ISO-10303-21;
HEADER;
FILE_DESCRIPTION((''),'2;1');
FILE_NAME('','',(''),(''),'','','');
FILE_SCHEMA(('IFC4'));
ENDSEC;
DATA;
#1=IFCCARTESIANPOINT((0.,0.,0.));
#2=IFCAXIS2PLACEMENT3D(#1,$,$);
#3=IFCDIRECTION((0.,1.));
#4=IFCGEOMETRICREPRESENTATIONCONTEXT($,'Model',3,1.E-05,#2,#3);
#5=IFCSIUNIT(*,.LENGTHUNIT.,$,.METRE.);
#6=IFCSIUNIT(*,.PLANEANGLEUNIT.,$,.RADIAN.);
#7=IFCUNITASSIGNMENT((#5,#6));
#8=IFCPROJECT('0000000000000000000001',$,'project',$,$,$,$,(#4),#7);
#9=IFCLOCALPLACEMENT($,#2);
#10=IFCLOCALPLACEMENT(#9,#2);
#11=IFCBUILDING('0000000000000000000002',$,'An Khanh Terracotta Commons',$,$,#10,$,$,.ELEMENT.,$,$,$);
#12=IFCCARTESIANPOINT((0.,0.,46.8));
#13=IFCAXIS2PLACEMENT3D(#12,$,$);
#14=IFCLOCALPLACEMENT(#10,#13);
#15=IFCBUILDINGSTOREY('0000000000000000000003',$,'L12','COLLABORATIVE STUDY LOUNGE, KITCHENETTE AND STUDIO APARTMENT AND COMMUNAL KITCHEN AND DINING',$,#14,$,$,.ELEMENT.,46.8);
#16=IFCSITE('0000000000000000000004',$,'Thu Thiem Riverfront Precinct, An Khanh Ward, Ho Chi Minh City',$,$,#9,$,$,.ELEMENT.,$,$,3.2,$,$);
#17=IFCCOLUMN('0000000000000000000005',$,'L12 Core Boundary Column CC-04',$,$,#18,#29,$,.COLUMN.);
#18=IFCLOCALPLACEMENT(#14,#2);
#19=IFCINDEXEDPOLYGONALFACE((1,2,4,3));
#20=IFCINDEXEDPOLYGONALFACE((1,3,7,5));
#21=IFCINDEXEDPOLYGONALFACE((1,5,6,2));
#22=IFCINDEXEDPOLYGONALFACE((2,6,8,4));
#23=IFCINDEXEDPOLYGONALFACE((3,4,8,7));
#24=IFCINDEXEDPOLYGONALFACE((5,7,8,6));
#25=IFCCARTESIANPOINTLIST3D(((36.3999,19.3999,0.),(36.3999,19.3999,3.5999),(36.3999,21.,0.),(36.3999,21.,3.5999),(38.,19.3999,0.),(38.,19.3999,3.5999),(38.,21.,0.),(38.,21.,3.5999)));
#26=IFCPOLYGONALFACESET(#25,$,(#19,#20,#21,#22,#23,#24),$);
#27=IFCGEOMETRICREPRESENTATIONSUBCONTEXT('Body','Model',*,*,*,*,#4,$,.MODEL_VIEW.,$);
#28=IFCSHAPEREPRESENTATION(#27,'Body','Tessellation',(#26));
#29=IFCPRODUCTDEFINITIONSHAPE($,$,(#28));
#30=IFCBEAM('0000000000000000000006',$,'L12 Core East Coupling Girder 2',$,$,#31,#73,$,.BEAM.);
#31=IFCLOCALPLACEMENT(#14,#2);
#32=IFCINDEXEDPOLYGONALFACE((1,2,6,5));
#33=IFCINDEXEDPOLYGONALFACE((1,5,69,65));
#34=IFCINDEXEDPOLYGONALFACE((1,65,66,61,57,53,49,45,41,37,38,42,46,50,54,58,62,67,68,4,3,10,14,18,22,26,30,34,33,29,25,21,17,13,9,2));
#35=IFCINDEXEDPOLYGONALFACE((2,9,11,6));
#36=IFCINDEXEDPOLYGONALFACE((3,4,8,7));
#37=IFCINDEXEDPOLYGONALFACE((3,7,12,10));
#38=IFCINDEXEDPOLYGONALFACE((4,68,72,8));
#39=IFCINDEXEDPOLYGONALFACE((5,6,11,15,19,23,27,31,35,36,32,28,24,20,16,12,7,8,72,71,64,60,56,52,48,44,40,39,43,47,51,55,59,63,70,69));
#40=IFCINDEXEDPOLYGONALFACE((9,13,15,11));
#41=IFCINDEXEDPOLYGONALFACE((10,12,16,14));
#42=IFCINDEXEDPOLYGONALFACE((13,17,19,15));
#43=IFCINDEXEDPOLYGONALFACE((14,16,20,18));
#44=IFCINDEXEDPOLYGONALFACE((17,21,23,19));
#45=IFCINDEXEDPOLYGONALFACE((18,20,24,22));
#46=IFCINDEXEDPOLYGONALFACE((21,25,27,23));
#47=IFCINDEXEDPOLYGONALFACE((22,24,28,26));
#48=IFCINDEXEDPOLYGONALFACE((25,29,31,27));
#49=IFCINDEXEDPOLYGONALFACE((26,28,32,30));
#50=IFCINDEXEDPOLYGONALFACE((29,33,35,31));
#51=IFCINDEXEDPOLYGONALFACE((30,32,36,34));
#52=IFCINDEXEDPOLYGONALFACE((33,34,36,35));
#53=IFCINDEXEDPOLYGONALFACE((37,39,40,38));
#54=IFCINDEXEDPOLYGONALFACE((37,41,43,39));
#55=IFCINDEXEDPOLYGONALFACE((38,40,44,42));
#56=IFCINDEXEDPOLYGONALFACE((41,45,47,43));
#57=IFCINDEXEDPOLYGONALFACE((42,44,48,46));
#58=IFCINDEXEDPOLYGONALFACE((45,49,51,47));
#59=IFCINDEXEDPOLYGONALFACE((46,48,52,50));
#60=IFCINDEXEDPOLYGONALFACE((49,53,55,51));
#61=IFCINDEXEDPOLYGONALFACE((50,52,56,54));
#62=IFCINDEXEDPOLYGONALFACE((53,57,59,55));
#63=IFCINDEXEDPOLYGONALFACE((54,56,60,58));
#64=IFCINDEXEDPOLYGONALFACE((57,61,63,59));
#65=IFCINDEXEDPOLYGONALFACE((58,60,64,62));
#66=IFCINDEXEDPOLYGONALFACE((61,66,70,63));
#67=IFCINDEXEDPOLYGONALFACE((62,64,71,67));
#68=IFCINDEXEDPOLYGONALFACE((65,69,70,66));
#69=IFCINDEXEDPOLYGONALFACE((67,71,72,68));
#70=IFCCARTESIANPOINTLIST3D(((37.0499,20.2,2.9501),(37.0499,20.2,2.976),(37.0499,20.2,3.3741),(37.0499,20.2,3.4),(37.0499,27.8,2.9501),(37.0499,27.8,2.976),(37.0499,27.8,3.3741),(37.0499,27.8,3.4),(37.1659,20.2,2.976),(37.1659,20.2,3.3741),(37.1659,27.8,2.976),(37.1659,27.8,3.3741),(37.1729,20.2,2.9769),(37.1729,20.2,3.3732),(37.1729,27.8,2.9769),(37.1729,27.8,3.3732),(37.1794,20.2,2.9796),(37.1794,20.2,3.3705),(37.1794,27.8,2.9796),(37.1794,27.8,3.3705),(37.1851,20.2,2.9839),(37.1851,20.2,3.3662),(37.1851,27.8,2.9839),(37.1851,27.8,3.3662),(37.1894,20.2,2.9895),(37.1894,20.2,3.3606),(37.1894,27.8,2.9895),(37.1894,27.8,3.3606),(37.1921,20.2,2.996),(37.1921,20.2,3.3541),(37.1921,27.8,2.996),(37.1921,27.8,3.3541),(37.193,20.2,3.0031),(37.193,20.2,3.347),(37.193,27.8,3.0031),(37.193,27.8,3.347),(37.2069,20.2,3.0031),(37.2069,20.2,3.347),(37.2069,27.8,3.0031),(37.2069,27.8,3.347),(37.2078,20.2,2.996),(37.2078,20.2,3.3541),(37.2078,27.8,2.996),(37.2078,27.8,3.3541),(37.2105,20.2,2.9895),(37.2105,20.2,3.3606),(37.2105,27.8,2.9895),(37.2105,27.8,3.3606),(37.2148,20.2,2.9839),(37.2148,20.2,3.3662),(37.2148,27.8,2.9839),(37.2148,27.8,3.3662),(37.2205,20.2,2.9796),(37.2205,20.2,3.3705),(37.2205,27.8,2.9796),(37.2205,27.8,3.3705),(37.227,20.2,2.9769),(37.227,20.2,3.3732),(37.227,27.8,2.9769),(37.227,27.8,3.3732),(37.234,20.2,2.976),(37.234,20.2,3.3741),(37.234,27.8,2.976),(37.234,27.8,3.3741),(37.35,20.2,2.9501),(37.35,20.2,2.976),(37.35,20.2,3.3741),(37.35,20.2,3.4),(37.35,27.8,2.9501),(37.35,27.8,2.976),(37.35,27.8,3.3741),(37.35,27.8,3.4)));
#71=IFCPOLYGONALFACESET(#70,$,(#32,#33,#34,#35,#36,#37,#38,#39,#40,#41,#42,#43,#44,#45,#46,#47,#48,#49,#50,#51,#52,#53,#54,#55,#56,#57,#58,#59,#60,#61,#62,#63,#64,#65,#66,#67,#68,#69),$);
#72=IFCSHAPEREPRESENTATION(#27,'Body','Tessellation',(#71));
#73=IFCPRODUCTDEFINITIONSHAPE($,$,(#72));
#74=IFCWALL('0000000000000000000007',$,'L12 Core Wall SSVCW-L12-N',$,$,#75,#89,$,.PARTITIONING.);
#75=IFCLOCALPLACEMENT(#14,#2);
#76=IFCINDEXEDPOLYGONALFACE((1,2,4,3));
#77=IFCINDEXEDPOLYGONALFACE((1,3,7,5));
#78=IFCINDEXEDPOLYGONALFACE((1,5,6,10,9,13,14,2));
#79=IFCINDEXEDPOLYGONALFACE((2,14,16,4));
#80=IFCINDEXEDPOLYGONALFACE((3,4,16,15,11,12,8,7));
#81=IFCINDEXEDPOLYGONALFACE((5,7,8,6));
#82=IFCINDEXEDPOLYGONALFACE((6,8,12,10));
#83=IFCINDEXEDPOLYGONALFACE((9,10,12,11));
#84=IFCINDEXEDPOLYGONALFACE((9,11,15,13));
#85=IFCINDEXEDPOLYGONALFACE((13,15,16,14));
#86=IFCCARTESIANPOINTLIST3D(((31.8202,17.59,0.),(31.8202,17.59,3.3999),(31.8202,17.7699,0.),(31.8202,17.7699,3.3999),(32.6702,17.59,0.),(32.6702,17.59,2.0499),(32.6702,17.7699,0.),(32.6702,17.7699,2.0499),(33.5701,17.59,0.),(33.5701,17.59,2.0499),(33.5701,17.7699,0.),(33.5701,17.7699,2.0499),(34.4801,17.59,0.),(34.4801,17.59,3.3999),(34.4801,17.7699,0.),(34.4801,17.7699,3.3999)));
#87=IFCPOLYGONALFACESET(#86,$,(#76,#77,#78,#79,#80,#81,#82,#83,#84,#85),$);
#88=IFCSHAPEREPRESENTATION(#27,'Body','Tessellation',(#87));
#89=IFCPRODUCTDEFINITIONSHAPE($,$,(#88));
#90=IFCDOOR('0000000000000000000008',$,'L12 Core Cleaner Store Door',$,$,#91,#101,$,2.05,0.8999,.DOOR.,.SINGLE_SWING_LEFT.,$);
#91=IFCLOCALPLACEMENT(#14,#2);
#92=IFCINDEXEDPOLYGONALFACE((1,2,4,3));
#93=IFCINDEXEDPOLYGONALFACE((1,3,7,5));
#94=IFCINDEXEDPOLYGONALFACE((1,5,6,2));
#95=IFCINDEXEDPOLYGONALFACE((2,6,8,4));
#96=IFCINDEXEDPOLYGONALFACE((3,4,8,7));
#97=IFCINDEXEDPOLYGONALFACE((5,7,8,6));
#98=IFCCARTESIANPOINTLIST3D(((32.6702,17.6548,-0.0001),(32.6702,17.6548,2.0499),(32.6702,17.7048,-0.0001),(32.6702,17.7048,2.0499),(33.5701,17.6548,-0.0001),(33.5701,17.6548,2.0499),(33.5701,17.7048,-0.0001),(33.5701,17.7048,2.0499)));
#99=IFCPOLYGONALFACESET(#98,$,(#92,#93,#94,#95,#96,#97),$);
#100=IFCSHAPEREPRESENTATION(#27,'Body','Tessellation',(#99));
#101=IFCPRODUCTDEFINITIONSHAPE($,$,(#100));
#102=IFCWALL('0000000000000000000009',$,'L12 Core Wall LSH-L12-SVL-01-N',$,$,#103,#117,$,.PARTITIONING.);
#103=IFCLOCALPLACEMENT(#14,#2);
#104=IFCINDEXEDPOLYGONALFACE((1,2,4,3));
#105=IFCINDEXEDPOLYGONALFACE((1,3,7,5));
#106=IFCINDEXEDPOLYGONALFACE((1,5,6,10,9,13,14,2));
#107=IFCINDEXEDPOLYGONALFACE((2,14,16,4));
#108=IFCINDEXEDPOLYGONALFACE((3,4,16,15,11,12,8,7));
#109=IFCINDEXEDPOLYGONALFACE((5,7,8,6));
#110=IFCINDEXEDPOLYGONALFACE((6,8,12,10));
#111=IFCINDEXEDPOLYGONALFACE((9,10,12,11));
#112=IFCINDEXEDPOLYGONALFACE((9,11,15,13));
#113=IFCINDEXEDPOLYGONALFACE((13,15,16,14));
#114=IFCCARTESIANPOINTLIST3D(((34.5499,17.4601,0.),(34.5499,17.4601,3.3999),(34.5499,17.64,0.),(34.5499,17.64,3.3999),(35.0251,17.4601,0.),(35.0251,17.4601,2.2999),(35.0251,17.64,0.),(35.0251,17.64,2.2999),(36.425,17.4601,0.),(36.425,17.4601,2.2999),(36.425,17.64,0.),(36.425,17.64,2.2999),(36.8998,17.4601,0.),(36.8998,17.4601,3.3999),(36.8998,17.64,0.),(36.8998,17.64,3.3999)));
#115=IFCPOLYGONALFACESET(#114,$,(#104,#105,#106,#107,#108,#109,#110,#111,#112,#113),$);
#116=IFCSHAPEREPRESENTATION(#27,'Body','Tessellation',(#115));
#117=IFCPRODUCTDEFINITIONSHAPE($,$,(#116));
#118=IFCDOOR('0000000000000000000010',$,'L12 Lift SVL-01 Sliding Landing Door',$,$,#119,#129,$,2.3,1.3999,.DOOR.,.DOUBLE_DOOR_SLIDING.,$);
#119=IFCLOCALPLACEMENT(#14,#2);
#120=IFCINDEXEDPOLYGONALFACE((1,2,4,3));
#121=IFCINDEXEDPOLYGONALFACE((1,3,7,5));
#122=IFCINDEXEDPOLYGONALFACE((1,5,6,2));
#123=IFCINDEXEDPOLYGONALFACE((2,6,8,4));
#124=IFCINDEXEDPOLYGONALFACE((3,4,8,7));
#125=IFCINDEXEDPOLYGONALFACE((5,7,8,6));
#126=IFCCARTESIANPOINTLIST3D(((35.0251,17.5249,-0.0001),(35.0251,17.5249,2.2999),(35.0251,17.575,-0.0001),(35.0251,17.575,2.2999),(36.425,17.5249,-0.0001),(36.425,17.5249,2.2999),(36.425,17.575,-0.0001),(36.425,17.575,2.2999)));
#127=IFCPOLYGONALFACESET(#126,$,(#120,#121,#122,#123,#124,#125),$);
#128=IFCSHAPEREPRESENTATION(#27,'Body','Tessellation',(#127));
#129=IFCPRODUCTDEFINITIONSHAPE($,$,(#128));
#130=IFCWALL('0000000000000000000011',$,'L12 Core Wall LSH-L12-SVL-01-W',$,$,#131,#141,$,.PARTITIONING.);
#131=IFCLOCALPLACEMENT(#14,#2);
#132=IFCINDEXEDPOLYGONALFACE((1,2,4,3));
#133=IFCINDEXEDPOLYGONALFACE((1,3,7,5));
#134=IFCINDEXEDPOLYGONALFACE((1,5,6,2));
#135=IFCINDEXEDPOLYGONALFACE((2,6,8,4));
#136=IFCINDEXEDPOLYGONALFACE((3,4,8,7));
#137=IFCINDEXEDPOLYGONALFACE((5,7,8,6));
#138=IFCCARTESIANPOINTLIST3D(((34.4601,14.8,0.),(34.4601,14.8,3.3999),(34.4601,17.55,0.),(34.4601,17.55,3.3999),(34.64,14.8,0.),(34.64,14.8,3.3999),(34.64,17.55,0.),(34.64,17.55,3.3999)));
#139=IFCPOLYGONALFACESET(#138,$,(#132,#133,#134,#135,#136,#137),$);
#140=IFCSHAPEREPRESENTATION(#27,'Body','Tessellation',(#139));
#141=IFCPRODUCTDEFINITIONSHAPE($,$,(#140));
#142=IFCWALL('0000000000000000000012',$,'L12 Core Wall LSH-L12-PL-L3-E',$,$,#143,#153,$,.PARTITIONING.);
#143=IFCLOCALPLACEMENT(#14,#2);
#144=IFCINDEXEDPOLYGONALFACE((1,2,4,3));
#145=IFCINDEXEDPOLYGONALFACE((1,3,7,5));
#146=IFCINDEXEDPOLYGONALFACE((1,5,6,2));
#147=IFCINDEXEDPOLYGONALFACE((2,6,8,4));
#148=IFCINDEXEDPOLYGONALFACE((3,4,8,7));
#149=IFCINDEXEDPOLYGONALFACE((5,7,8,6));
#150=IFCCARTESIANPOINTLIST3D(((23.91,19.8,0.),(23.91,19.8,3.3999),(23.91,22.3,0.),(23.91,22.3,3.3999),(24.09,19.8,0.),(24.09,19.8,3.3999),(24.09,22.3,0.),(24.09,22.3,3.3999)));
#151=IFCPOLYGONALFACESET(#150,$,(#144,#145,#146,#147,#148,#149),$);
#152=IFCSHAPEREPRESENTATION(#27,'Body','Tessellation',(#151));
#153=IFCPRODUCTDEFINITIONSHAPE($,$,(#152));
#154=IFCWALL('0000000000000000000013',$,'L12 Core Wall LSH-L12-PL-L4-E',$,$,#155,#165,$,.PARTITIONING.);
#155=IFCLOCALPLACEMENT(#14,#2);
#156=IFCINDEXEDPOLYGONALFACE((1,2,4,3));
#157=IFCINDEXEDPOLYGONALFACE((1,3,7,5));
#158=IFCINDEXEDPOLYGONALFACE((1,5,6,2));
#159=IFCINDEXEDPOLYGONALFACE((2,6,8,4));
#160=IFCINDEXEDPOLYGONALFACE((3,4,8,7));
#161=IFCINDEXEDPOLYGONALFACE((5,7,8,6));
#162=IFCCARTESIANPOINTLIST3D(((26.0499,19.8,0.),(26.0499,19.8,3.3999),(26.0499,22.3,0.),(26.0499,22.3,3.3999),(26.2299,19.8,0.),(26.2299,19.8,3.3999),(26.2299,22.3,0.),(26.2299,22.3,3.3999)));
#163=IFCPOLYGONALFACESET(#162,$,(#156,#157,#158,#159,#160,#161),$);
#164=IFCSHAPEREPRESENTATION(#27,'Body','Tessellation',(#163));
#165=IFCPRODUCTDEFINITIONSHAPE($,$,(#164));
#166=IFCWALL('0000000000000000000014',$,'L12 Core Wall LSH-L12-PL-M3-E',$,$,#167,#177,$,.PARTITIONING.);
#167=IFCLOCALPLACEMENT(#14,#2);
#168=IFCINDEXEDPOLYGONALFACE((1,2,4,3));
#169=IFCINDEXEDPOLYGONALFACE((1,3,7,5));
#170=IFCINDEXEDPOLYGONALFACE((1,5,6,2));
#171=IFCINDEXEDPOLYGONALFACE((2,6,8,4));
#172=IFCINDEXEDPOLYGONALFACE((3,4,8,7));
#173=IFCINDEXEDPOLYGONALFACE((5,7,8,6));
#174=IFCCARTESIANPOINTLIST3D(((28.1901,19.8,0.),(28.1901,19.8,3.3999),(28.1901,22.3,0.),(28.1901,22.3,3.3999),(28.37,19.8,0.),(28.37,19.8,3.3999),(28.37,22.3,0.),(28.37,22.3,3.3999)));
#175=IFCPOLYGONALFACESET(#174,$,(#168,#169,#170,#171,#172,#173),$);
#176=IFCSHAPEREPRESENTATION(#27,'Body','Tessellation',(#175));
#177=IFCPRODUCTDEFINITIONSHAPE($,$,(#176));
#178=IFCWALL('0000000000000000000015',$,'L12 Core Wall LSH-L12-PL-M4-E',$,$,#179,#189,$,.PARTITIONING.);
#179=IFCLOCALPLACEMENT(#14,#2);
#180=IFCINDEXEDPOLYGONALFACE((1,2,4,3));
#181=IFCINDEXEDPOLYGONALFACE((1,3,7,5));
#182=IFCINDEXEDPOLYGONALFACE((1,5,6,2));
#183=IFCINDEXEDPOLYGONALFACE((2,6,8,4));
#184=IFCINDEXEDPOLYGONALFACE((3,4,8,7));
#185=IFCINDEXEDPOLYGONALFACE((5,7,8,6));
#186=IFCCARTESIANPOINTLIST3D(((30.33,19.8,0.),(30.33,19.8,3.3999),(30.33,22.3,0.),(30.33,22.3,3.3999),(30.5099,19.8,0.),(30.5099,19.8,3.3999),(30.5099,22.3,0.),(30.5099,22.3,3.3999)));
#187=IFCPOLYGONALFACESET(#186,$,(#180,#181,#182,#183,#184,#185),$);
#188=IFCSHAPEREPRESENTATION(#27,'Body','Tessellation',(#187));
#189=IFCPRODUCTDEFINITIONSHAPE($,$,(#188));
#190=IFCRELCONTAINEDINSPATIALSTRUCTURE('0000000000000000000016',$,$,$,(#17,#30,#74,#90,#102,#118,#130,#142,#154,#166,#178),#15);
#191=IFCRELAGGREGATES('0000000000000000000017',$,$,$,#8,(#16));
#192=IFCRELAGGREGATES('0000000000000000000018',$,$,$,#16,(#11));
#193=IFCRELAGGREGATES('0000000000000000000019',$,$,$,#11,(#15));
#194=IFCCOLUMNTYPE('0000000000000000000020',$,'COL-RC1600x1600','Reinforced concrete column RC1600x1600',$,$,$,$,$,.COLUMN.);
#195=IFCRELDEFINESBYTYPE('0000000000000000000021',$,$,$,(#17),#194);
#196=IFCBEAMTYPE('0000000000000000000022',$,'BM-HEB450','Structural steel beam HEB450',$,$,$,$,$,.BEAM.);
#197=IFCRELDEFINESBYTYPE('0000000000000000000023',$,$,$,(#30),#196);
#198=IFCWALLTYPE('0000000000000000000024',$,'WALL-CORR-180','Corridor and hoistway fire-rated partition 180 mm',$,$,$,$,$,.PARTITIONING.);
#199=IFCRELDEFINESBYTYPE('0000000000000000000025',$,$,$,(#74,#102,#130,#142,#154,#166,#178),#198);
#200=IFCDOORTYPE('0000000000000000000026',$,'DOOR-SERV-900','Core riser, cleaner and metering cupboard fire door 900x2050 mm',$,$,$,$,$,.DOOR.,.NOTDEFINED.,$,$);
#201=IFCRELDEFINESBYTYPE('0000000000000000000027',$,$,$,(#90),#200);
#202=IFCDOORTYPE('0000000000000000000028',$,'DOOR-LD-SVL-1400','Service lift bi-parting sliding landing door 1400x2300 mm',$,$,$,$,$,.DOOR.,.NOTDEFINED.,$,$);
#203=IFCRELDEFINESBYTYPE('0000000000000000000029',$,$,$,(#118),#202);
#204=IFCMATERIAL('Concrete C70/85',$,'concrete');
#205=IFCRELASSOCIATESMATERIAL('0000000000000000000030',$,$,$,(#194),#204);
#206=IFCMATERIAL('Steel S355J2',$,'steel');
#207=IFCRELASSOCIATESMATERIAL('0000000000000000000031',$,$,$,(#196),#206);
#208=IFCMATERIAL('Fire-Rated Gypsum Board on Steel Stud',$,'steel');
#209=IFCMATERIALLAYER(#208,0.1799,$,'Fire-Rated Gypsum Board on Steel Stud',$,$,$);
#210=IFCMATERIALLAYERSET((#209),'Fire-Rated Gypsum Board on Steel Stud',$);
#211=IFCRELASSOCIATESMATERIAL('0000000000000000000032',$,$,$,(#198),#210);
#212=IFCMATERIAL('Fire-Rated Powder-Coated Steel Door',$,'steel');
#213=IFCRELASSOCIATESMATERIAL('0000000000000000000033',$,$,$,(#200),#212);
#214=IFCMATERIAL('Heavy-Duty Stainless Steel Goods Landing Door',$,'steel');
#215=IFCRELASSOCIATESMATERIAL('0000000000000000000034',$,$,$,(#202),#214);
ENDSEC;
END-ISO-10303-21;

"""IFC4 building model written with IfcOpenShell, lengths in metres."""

from ifc_helpers import new_model, si_unit, direction, frame, frame_2d, origin, origin_2d, place, context, subcontext, project, spatial, rectangle, i_section, extrude, material, layer, layer_set, material_profile, profile_set, type_object, element, fill, save


model = new_model("IFC4")

# Units and contexts
model_context = context("Model", 3, precision=1e-05, world=origin(), true_north=direction((0.0, 1.0)))
body_context = subcontext(model_context, "Body", "Model", "MODEL_VIEW")
ifc_project = project(units=[si_unit("LENGTHUNIT", "METRE"), si_unit("PLANEANGLEUNIT", "RADIAN")], contexts=[model_context])

# Site, building, storey
site_placement = place(None, origin())
site = spatial("IfcSite", under=ifc_project, at=site_placement, Name="Thu Thiem Riverfront Precinct, An Khanh Ward, Ho Chi Minh City", CompositionType="ELEMENT", RefElevation=3.2)
building_placement = place(site_placement, origin())
building = spatial("IfcBuilding", under=site, at=building_placement, Name="An Khanh Terracotta Commons", CompositionType="ELEMENT")
storey_placement = place(building_placement, frame((0.0, 0.0, 46.8)))
storey = spatial("IfcBuildingStorey", under=building, at=storey_placement, Name="L12", Description="COLLABORATIVE STUDY LOUNGE, KITCHENETTE AND STUDIO APARTMENT AND COMMUNAL KITCHEN AND DINING", CompositionType="ELEMENT", Elevation=46.8)

# Column
ifc_material_1 = material(Name="Concrete C70/85", Category="concrete")
ifc_material_profile_1 = material_profile(ifc_material_1, rectangle(XDim=1.6001, YDim=1.6001, at=origin_2d()), Name="RC1600x1600")
ifc_profile_set_1 = profile_set([ifc_material_profile_1], Name="Concrete C70/85")
column_type = type_object("IfcColumnType", Name="COL-RC1600x1600", Description="Reinforced concrete column RC1600x1600", PredefinedType="COLUMN", material=ifc_profile_set_1)
column_placement = place(storey_placement, frame((37.2, 20.2, 0.0), z_axis=(0.0, 0.0, 1.0), x_axis=(1.0, 0.0, 0.0)))
element("IfcColumn", 1, at=column_placement, inside=storey, type_object=column_type, Name="L12 Core Boundary Column CC-04", PredefinedType="COLUMN", context=body_context, shape_type="SweptSolid", body=[
    extrude(rectangle(XDim=1.6001, YDim=1.6001, at=origin_2d()), origin(), (0.0, 0.0, 1.0), 3.5999),
])

# Beam
ifc_material_2 = material(Name="Steel S355J2", Category="steel")
ifc_material_profile_2 = material_profile(ifc_material_2, i_section(OverallWidth=0.3, OverallDepth=0.45, WebThickness=0.0139, FlangeThickness=0.0259, FilletRadius=0.0271, at=origin_2d()), Name="HEB450")
ifc_profile_set_2 = profile_set([ifc_material_profile_2], Name="Steel S355J2")
beam_type = type_object("IfcBeamType", Name="BM-HEB450", Description="Structural steel beam HEB450", PredefinedType="BEAM", material=ifc_profile_set_2)
beam_placement = place(storey_placement, frame((37.2, 20.2, 3.175), z_axis=(0.0, 1.0, 0.0), x_axis=(-1.0, 0.0, 0.0)))
element("IfcBeam", 2, at=beam_placement, inside=storey, type_object=beam_type, Name="L12 Core East Coupling Girder 2", PredefinedType="BEAM", context=body_context, shape_type="SweptSolid", body=[
    extrude(i_section(OverallWidth=0.3, OverallDepth=0.45, WebThickness=0.0139, FlangeThickness=0.0259, FilletRadius=0.0271, at=origin_2d()), origin(), (0.0, 0.0, 1.0), 7.6001),
])

# Walls, openings, doors
ifc_material_3 = material(Name="Fire-Rated Gypsum Board on Steel Stud", Category="steel")
ifc_layer_1 = layer(ifc_material_3, 0.1799, Name="Fire-Rated Gypsum Board on Steel Stud")
ifc_layer_set_1 = layer_set([ifc_layer_1], Name="Fire-Rated Gypsum Board on Steel Stud")
wall_type_1 = type_object("IfcWallType", Name="WALL-CORR-180", Description="Corridor and hoistway fire-rated partition 180 mm", PredefinedType="PARTITIONING", material=ifc_layer_set_1)
wall_1_placement = place(storey_placement, frame((31.8201, 17.6799, 0.0), z_axis=(0.0, 0.0, 1.0), x_axis=(1.0, 0.0, 0.0)))
wall_1 = element("IfcWall", 3, at=wall_1_placement, inside=storey, type_object=wall_type_1, Name="L12 Core Wall SSVCW-L12-N", PredefinedType="PARTITIONING", context=body_context, shape_type="SweptSolid", body=[
    extrude(rectangle(XDim=2.6599, YDim=0.1799, at=frame_2d((1.3301, 0.0))), origin(), (0.0, 0.0, 1.0), 3.3999),
])
opening_1_placement = place(wall_1_placement, frame((0.8501, 0.0, 0.0)))
opening_1 = element("IfcOpeningElement", 4, at=opening_1_placement, cuts=wall_1, PredefinedType="OPENING", context=body_context, shape_type="SweptSolid", body=[
    extrude(rectangle(XDim=0.8999, YDim=2.05, at=frame_2d((0.45, 1.0249))), frame((0.0, 0.0999, 0.0), z_axis=(0.0, -1.0, 0.0), x_axis=(1.0, 0.0, 0.0)), (0.0, 0.0, 1.0), 0.2),
])
ifc_material_4 = material(Name="Fire-Rated Powder-Coated Steel Door", Category="steel")
door_type_1 = type_object("IfcDoorType", Name="DOOR-SERV-900", Description="Core riser, cleaner and metering cupboard fire door 900x2050 mm", OperationType="NOTDEFINED", PredefinedType="DOOR", material=ifc_material_4)
door_1_placement = place(opening_1_placement, origin())
door_1 = element("IfcDoor", 5, at=door_1_placement, inside=storey, type_object=door_type_1, Name="L12 Core Cleaner Store Door", OperationType="SINGLE_SWING_LEFT", OverallHeight=2.05, OverallWidth=0.8999, PredefinedType="DOOR", context=body_context, shape_type="SweptSolid", body=[
    extrude(rectangle(XDim=0.8999, YDim=2.05, at=frame_2d((0.45, 1.0249))), frame((0.0, 0.0249, 0.0), z_axis=(0.0, -1.0, 0.0), x_axis=(1.0, 0.0, 0.0)), (0.0, 0.0, 1.0), 0.05),
])
fill(opening_1, door_1)
wall_2_placement = place(storey_placement, frame((34.55, 17.55, 0.0), z_axis=(0.0, 0.0, 1.0), x_axis=(1.0, 0.0, 0.0)))
wall_2 = element("IfcWall", 6, at=wall_2_placement, inside=storey, type_object=wall_type_1, Name="L12 Core Wall LSH-L12-SVL-01-N", PredefinedType="PARTITIONING", context=body_context, shape_type="SweptSolid", body=[
    extrude(rectangle(XDim=2.3499, YDim=0.1799, at=frame_2d((1.1748, 0.0))), origin(), (0.0, 0.0, 1.0), 3.3999),
])
opening_2_placement = place(wall_2_placement, frame((0.4751, 0.0, 0.0)))
opening_2 = element("IfcOpeningElement", 7, at=opening_2_placement, cuts=wall_2, PredefinedType="OPENING", context=body_context, shape_type="SweptSolid", body=[
    extrude(rectangle(XDim=1.3999, YDim=2.3, at=frame_2d((0.7, 1.1499))), frame((0.0, 0.0999, 0.0), z_axis=(0.0, -1.0, 0.0), x_axis=(1.0, 0.0, 0.0)), (0.0, 0.0, 1.0), 0.2),
])
ifc_material_5 = material(Name="Heavy-Duty Stainless Steel Goods Landing Door", Category="steel")
door_type_2 = type_object("IfcDoorType", Name="DOOR-LD-SVL-1400", Description="Service lift bi-parting sliding landing door 1400x2300 mm", OperationType="NOTDEFINED", PredefinedType="DOOR", material=ifc_material_5)
door_2_placement = place(opening_2_placement, origin())
door_2 = element("IfcDoor", 8, at=door_2_placement, inside=storey, type_object=door_type_2, Name="L12 Lift SVL-01 Sliding Landing Door", OperationType="DOUBLE_DOOR_SLIDING", OverallHeight=2.3, OverallWidth=1.3999, PredefinedType="DOOR", context=body_context, shape_type="SweptSolid", body=[
    extrude(rectangle(XDim=1.3999, YDim=2.3, at=frame_2d((0.7, 1.1499))), frame((0.0, 0.0249, 0.0), z_axis=(0.0, -1.0, 0.0), x_axis=(1.0, 0.0, 0.0)), (0.0, 0.0, 1.0), 0.05),
])
fill(opening_2, door_2)

# Walls
wall_3_placement = place(storey_placement, frame((34.55, 17.55, 0.0), z_axis=(0.0, 0.0, 1.0), x_axis=(0.0, -1.0, 0.0)))
element("IfcWall", 9, at=wall_3_placement, inside=storey, type_object=wall_type_1, Name="L12 Core Wall LSH-L12-SVL-01-W", PredefinedType="PARTITIONING", context=body_context, shape_type="SweptSolid", body=[
    extrude(rectangle(XDim=2.75, YDim=0.1799, at=frame_2d((1.375, 0.0))), origin(), (0.0, 0.0, 1.0), 3.3999),
])
for number, where, z_axis, x_axis, name in (
    (10, (24.0, 19.8, 0.0), (0.0, 0.0, 1.0), (0.0, 1.0, 0.0), "L12 Core Wall LSH-L12-PL-L3-E"),
    (11, (26.1399, 19.8, 0.0), (0.0, 0.0, 1.0), (0.0, 1.0, 0.0), "L12 Core Wall LSH-L12-PL-L4-E"),
    (12, (28.28, 19.8, 0.0), (0.0, 0.0, 1.0), (0.0, 1.0, 0.0), "L12 Core Wall LSH-L12-PL-M3-E"),
    (13, (30.4199, 19.8, 0.0), (0.0, 0.0, 1.0), (0.0, 1.0, 0.0), "L12 Core Wall LSH-L12-PL-M4-E"),
):
    element("IfcWall", number, at=place(storey_placement, frame(where, z_axis=z_axis, x_axis=x_axis)), inside=storey, type_object=wall_type_1, Name=name, PredefinedType="PARTITIONING", context=body_context, shape_type="SweptSolid", body=[
        extrude(rectangle(XDim=2.5, YDim=0.1799, at=frame_2d((1.25, 0.0))), origin(), (0.0, 0.0, 1.0), 3.3999),
    ])

save(model, "model.ifc")
